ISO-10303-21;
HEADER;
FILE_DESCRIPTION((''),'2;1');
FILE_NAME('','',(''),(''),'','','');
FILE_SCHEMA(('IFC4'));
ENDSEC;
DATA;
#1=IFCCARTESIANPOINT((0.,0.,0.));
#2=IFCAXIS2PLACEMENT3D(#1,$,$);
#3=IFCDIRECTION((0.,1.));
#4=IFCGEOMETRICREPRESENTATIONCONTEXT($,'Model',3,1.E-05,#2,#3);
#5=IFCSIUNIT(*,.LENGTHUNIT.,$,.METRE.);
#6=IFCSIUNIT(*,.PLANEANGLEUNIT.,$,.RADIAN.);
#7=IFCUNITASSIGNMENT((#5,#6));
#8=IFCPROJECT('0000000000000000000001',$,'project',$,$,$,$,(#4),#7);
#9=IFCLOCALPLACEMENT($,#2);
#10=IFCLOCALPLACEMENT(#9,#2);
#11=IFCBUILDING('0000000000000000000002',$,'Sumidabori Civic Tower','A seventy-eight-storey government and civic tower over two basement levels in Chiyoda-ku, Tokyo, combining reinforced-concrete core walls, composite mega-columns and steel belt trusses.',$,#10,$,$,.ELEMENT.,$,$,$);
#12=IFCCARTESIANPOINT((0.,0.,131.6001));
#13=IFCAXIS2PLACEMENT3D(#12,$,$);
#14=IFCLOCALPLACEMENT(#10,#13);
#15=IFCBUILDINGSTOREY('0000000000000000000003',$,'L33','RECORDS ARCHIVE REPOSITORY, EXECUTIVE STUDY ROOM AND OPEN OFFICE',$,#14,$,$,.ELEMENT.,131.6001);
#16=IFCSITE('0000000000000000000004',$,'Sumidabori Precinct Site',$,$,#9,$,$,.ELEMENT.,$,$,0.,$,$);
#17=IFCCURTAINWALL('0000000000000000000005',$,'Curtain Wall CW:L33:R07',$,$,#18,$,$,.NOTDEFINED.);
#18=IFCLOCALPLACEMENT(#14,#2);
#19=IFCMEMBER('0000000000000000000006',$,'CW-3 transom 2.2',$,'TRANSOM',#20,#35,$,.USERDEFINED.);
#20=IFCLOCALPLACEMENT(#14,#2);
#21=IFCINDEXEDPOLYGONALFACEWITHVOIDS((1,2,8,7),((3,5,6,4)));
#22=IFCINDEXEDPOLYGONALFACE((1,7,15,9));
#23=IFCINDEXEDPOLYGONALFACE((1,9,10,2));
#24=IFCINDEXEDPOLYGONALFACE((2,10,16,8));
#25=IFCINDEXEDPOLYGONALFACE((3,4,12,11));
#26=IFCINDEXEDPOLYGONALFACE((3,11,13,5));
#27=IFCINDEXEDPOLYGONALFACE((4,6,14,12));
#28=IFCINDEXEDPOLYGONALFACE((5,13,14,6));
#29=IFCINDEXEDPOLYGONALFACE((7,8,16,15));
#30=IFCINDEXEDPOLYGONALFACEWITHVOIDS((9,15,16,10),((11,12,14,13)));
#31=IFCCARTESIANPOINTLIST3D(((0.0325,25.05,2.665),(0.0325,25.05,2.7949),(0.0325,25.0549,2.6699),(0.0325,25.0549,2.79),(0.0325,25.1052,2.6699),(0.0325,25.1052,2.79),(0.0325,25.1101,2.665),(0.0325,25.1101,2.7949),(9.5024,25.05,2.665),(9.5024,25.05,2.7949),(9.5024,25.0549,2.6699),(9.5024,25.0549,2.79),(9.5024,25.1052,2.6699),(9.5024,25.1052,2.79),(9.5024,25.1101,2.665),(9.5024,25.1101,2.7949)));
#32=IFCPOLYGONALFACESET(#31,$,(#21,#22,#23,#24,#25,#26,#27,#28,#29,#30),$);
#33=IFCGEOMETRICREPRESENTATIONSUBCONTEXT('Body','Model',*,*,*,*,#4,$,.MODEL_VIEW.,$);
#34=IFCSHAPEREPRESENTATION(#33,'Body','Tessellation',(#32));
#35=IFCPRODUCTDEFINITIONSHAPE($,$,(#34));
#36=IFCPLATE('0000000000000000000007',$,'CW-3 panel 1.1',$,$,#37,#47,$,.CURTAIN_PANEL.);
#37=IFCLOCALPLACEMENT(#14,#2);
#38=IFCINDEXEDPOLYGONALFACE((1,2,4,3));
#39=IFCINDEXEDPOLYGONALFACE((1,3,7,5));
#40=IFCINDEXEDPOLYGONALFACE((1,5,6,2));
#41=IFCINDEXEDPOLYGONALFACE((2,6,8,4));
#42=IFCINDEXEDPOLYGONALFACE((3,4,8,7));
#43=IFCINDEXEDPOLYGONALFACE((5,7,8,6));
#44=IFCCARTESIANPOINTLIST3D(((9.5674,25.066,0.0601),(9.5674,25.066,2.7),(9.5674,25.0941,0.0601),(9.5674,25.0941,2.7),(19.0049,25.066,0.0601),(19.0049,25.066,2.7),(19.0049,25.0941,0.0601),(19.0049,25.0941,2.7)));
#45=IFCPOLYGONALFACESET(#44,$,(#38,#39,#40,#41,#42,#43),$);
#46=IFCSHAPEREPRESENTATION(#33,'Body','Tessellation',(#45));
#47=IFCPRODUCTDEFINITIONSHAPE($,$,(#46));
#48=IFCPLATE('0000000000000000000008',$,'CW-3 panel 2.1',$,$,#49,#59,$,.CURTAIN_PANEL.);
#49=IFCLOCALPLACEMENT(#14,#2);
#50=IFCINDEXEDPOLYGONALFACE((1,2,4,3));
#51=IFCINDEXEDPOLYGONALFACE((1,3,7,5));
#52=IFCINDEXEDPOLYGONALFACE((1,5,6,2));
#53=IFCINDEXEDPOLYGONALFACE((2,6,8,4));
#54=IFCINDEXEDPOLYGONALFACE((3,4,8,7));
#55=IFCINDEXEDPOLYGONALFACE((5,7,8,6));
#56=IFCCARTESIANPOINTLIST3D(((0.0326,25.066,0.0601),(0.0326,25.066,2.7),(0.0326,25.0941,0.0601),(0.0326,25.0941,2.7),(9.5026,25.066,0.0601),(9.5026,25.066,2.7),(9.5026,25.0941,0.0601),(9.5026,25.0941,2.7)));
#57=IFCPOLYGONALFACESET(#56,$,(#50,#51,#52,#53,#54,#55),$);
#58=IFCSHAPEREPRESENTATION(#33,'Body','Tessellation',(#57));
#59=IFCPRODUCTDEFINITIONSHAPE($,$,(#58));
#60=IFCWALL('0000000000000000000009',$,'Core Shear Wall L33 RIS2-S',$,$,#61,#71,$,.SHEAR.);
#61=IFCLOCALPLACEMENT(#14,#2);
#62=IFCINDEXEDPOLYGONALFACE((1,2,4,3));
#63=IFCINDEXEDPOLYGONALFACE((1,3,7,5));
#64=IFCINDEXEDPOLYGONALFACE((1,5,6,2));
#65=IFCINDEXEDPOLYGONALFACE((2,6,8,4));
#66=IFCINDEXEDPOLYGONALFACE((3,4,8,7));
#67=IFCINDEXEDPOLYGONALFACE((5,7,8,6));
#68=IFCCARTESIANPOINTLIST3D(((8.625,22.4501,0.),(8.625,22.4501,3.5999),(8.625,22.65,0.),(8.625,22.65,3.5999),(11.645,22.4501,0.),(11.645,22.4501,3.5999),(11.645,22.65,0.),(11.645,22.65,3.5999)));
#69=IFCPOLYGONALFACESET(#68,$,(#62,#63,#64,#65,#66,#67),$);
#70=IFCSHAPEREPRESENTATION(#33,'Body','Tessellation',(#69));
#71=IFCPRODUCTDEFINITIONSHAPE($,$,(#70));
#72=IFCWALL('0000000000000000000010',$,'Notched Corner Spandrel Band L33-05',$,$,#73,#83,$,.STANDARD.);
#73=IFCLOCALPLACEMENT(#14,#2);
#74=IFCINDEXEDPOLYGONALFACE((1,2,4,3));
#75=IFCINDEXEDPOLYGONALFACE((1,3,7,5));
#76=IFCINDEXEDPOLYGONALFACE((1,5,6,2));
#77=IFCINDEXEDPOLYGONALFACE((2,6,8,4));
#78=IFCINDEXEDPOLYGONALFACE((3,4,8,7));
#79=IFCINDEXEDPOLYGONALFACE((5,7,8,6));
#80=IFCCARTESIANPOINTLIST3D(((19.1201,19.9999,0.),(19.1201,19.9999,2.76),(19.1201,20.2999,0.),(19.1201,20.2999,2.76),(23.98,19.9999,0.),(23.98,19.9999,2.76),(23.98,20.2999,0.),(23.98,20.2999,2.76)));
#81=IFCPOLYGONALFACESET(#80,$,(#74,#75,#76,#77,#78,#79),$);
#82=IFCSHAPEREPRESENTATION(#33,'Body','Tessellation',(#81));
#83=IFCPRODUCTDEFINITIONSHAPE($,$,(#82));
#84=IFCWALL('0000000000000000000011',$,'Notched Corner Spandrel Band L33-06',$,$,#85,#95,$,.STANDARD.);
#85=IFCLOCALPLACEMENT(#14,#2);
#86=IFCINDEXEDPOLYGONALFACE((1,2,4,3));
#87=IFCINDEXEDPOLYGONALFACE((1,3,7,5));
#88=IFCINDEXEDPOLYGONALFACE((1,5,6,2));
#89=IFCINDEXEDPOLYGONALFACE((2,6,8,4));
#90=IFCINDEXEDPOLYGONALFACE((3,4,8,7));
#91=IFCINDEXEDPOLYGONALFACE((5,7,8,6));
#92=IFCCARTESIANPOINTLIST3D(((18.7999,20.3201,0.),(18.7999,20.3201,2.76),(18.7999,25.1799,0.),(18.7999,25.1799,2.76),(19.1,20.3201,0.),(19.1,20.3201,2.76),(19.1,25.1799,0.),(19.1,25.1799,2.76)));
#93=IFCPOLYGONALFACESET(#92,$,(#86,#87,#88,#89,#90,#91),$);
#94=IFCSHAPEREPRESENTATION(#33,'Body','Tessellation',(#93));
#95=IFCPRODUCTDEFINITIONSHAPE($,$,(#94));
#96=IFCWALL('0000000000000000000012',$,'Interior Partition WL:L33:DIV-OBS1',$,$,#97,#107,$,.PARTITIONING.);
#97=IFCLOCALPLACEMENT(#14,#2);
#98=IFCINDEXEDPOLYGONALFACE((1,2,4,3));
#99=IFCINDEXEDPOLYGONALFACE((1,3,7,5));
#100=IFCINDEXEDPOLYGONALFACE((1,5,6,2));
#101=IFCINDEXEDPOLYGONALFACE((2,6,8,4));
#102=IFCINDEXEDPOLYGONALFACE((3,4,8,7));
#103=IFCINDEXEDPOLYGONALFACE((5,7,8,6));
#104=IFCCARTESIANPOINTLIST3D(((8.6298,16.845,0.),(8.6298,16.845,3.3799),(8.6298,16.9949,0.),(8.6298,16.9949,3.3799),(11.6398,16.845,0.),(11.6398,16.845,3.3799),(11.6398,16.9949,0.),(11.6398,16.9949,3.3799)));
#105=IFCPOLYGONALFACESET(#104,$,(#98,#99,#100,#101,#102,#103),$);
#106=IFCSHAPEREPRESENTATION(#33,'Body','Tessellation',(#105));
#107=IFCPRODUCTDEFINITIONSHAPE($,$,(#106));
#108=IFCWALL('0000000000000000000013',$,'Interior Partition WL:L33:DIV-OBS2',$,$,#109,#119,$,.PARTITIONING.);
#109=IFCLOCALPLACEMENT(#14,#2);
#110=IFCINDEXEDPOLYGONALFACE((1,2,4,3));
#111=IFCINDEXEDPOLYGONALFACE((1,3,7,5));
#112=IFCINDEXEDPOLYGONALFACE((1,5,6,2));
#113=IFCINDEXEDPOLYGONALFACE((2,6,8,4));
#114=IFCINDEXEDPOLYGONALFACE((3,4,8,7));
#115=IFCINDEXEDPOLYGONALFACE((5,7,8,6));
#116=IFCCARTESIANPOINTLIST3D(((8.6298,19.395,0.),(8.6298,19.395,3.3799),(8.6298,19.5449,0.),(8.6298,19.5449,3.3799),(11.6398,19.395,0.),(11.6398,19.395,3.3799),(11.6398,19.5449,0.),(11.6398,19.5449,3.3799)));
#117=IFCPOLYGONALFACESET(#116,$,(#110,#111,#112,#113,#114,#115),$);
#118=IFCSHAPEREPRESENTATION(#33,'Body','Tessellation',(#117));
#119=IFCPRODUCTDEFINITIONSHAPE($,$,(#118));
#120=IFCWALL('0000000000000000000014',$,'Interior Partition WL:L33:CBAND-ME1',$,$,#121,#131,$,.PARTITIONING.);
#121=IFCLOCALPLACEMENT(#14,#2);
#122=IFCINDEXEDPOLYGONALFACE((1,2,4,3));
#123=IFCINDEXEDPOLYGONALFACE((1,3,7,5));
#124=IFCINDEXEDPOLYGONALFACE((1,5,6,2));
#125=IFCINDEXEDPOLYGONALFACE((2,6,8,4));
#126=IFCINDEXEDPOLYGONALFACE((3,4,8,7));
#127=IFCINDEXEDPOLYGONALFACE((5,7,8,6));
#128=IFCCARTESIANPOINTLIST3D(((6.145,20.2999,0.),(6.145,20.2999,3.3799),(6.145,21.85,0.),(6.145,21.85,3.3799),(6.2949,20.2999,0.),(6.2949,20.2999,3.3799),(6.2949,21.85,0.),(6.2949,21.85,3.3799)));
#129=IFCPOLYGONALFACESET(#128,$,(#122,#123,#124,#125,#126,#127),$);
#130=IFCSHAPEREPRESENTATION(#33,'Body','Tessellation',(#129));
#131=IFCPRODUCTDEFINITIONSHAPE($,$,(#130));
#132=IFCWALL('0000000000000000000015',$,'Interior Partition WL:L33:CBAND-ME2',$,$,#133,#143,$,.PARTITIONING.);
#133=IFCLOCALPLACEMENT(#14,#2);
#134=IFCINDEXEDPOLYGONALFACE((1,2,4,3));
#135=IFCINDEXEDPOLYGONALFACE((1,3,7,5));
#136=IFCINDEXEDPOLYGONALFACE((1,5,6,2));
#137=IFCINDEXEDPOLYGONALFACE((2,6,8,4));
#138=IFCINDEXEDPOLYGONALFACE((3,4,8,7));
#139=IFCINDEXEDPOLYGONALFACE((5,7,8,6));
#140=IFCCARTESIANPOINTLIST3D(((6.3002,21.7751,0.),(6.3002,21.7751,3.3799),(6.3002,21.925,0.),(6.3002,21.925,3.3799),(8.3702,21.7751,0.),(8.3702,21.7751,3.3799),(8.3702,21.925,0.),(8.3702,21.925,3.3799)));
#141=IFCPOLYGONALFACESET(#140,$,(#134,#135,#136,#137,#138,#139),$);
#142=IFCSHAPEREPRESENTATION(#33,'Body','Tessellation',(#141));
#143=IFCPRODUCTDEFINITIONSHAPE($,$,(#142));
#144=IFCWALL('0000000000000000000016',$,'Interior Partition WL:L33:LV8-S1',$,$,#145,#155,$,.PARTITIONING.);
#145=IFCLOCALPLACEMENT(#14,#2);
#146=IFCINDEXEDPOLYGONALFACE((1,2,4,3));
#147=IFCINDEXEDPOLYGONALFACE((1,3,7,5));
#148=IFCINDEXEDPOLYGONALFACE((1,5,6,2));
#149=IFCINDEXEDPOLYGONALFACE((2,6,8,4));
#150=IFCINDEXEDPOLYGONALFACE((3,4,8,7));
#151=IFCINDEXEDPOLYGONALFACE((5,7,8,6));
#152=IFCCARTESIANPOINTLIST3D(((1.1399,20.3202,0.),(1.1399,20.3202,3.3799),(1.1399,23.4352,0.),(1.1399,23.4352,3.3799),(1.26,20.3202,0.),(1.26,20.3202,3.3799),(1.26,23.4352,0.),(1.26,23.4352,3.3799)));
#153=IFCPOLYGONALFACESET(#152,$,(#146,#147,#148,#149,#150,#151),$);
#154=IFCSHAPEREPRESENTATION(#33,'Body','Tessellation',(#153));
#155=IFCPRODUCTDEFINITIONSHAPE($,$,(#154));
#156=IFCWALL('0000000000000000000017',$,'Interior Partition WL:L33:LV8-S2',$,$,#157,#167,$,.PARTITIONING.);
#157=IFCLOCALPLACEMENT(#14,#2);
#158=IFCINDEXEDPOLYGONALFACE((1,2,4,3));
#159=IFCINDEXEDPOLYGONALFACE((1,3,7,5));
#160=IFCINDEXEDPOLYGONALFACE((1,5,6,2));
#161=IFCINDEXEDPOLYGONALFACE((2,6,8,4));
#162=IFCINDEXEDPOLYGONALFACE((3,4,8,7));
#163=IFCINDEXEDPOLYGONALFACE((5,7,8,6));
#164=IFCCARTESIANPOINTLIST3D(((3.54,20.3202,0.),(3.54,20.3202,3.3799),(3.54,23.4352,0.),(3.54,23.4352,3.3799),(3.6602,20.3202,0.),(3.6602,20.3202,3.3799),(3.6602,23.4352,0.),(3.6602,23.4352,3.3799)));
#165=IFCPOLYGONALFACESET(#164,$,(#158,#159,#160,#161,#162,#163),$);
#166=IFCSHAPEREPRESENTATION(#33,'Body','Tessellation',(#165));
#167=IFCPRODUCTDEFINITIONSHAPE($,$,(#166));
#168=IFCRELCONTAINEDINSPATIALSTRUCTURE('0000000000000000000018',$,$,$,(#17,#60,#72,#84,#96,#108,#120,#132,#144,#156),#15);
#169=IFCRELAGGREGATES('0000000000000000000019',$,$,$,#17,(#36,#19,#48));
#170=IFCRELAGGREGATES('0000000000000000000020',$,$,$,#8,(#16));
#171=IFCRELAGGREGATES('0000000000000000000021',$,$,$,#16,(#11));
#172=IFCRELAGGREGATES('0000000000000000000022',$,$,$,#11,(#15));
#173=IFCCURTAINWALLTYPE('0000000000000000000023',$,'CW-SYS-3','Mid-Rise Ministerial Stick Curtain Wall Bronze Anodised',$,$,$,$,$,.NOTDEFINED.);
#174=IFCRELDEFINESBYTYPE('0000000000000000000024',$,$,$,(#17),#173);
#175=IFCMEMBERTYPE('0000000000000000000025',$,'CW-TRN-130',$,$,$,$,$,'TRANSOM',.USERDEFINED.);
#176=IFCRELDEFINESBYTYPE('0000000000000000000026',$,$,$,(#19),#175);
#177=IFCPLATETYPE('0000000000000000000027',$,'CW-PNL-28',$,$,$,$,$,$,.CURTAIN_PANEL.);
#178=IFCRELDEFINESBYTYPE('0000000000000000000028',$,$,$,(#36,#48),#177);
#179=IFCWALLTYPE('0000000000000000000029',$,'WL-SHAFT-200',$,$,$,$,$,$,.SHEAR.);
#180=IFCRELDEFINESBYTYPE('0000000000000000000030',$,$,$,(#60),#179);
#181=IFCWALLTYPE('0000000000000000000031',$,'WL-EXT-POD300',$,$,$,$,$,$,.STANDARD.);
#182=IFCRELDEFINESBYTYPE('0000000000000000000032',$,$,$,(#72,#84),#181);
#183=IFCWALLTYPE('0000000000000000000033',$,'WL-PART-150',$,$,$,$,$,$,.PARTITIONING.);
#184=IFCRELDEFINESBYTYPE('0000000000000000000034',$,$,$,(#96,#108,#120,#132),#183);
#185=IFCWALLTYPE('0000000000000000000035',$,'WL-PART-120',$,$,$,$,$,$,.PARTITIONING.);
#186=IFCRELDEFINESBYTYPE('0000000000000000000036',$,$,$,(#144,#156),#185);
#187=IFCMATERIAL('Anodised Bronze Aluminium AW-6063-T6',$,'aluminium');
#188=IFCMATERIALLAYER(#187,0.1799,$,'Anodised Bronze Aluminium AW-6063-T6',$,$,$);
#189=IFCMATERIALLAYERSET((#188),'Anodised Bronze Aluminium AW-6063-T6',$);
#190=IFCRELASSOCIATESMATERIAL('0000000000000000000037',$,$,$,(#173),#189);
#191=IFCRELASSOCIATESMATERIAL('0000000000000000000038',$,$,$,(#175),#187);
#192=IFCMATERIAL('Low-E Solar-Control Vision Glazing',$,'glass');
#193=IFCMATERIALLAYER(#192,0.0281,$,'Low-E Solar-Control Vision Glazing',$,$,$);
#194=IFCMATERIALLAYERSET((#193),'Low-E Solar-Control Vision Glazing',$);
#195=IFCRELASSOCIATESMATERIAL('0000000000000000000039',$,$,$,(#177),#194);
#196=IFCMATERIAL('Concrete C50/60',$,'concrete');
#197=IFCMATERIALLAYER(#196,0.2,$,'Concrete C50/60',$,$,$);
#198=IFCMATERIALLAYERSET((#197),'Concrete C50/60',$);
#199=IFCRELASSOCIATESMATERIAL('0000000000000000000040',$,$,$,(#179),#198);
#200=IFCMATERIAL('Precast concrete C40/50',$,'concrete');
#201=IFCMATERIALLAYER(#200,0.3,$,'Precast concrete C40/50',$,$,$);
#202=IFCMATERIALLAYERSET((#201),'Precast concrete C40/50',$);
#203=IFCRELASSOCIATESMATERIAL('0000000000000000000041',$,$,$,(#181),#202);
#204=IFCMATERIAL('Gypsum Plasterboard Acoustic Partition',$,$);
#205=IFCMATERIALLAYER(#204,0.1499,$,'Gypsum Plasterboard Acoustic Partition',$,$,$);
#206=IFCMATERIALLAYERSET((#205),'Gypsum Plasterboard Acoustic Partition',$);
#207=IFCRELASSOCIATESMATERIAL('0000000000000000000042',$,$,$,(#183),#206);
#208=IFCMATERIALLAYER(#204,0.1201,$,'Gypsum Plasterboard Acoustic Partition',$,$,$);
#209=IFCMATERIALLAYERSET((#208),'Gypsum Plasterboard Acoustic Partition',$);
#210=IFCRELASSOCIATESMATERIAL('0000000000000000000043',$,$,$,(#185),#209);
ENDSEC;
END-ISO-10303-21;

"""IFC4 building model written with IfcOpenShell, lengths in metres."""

from ifc_helpers import new_model, si_unit, direction, frame, frame_2d, origin, origin_2d, place, context, subcontext, project, spatial, rectangle, hollow_rectangle, extrude, source, transform, mapped, material, layer, layer_set, material_profile, profile_set, type_object, element, aggregate, save


model = new_model("IFC4")

# Units and contexts
model_context = context("Model", 3, precision=1e-05, world=origin(), true_north=direction((0.0, 1.0)))
body_context = subcontext(model_context, "Body", "Model", "MODEL_VIEW")
ifc_project = project(units=[si_unit("LENGTHUNIT", "METRE"), si_unit("PLANEANGLEUNIT", "RADIAN")], contexts=[model_context])

# Site, building, storey
site_placement = place(None, origin())
site = spatial("IfcSite", under=ifc_project, at=site_placement, Name="Sumidabori Precinct Site", CompositionType="ELEMENT", RefElevation=0.0)
building_placement = place(site_placement, origin())
building = spatial("IfcBuilding", under=site, at=building_placement, Name="Sumidabori Civic Tower", Description="A seventy-eight-storey government and civic tower over two basement levels in Chiyoda-ku, Tokyo, combining reinforced-concrete core walls, composite mega-columns and steel belt trusses.", CompositionType="ELEMENT")
storey_placement = place(building_placement, frame((0.0, 0.0, 131.6001)))
storey = spatial("IfcBuildingStorey", under=building, at=storey_placement, Name="L33", Description="RECORDS ARCHIVE REPOSITORY, EXECUTIVE STUDY ROOM AND OPEN OFFICE", CompositionType="ELEMENT", Elevation=131.6001)

# Shared definitions
ifc_material_1 = material(Name="Anodised Bronze Aluminium AW-6063-T6", Category="aluminium")
ifc_layer_1 = layer(ifc_material_1, 0.1799, Name="Anodised Bronze Aluminium AW-6063-T6")
ifc_layer_set_1 = layer_set([ifc_layer_1], Name="Anodised Bronze Aluminium AW-6063-T6")
curtain_wall_type = type_object("IfcCurtainWallType", Name="CW-SYS-3", Description="Mid-Rise Ministerial Stick Curtain Wall Bronze Anodised", PredefinedType="NOTDEFINED", material=ifc_layer_set_1)

# Curtain wall, member, plates
curtain_wall_1_placement = place(storey_placement, origin())
curtain_wall_1 = element("IfcCurtainWall", 1, at=curtain_wall_1_placement, inside=storey, type_object=curtain_wall_type, Name="Curtain Wall CW:L33:R07", PredefinedType="NOTDEFINED")
ifc_material_profile_1 = material_profile(ifc_material_1, hollow_rectangle(XDim=0.0601, YDim=0.1299, WallThickness=0.0049, at=origin_2d()), Name="ALU TRANSOM 130x60")
ifc_profile_set_1 = profile_set([ifc_material_profile_1], Name="Anodised Bronze Aluminium AW-6063-T6")
member_type_1 = type_object("IfcMemberType", Name="CW-TRN-130", ElementType="TRANSOM", PredefinedType="USERDEFINED", material=ifc_profile_set_1)
shared_shape_1 = source(origin(), body_context, "Body", "SweptSolid", [
    extrude(hollow_rectangle(XDim=0.0601, YDim=0.1299, WallThickness=0.0049, at=origin_2d()), origin(), (0.0, 0.0, 1.0), 9.47),
])
member_1_placement = place(storey_placement, frame((9.5024, 25.0801, 2.73), z_axis=(-1.0, 0.0, 0.0), x_axis=(0.0, -1.0, 0.0)))
member_1 = element("IfcMember", 2, at=member_1_placement, type_object=member_type_1, Name="CW-3 transom 2.2", ObjectType="TRANSOM", PredefinedType="USERDEFINED", context=body_context, shape_type="MappedRepresentation", body=[
    mapped(shared_shape_1, transform((0.0, 0.0, 0.0), x_axis=(1.0, 0.0, 0.0), y_axis=(0.0, 1.0, 0.0), z_axis=(0.0, 0.0, 1.0), scale=1.0)),
])
ifc_material_2 = material(Name="Low-E Solar-Control Vision Glazing", Category="glass")
ifc_layer_2 = layer(ifc_material_2, 0.0281, Name="Low-E Solar-Control Vision Glazing")
ifc_layer_set_2 = layer_set([ifc_layer_2], Name="Low-E Solar-Control Vision Glazing")
plate_type = type_object("IfcPlateType", Name="CW-PNL-28", PredefinedType="CURTAIN_PANEL", material=ifc_layer_set_2)
shared_shape_2 = source(origin(), body_context, "Body", "SweptSolid", [
    extrude(rectangle(XDim=9.4375, YDim=0.0281, at=origin_2d()), origin(), (0.0, 0.0, 1.0), 2.6399),
])
plate_1_placement = place(storey_placement, frame((14.2861, 25.0801, 0.0601), z_axis=(0.0, 0.0, 1.0), x_axis=(-1.0, 0.0, 0.0)))
plate_1 = element("IfcPlate", 3, at=plate_1_placement, type_object=plate_type, Name="CW-3 panel 1.1", PredefinedType="CURTAIN_PANEL", context=body_context, shape_type="MappedRepresentation", body=[
    mapped(shared_shape_2, transform((0.0, 0.0, 0.0), x_axis=(1.0, 0.0, 0.0), y_axis=(0.0, 1.0, 0.0), z_axis=(0.0, 0.0, 1.0), scale=1.0)),
])
shared_shape_3 = source(origin(), body_context, "Body", "SweptSolid", [
    extrude(rectangle(XDim=9.47, YDim=0.0281, at=origin_2d()), origin(), (0.0, 0.0, 1.0), 2.6399),
])
plate_2_placement = place(storey_placement, frame((4.7676, 25.0801, 0.0601), z_axis=(0.0, 0.0, 1.0), x_axis=(-1.0, 0.0, 0.0)))
plate_2 = element("IfcPlate", 4, at=plate_2_placement, type_object=plate_type, Name="CW-3 panel 2.1", PredefinedType="CURTAIN_PANEL", context=body_context, shape_type="MappedRepresentation", body=[
    mapped(shared_shape_3, transform((0.0, 0.0, 0.0), x_axis=(1.0, 0.0, 0.0), y_axis=(0.0, 1.0, 0.0), z_axis=(0.0, 0.0, 1.0), scale=1.0)),
])
aggregate(curtain_wall_1, [plate_1, member_1, plate_2])

# Walls
ifc_material_3 = material(Name="Concrete C50/60", Category="concrete")
ifc_layer_3 = layer(ifc_material_3, 0.2, Name="Concrete C50/60")
ifc_layer_set_3 = layer_set([ifc_layer_3], Name="Concrete C50/60")
wall_type_1 = type_object("IfcWallType", Name="WL-SHAFT-200", PredefinedType="SHEAR", material=ifc_layer_set_3)
shared_shape_4 = source(origin(), body_context, "Body", "SweptSolid", [
    extrude(rectangle(XDim=3.02, YDim=0.2, at=frame_2d((1.51, 0.0))), origin(), (0.0, 0.0, 1.0), 3.5999),
])
wall_1_placement = place(storey_placement, frame((8.625, 22.55, 0.0), z_axis=(0.0, 0.0, 1.0), x_axis=(1.0, 0.0, 0.0)))
element("IfcWall", 5, at=wall_1_placement, inside=storey, type_object=wall_type_1, Name="Core Shear Wall L33 RIS2-S", PredefinedType="SHEAR", context=body_context, shape_type="MappedRepresentation", body=[
    mapped(shared_shape_4, transform((0.0, 0.0, 0.0), x_axis=(1.0, 0.0, 0.0), y_axis=(0.0, 1.0, 0.0), z_axis=(0.0, 0.0, 1.0), scale=1.0)),
])
ifc_material_4 = material(Name="Precast concrete C40/50", Category="concrete")
ifc_layer_4 = layer(ifc_material_4, 0.3, Name="Precast concrete C40/50")
ifc_layer_set_4 = layer_set([ifc_layer_4], Name="Precast concrete C40/50")
wall_type_2 = type_object("IfcWallType", Name="WL-EXT-POD300", PredefinedType="STANDARD", material=ifc_layer_set_4)
shared_shape_5 = source(origin(), body_context, "Body", "SweptSolid", [
    extrude(rectangle(XDim=4.8599, YDim=0.3, at=frame_2d((2.4299, 0.0))), origin(), (0.0, 0.0, 1.0), 2.76),
])
for number, where, z_axis, x_axis, name in (
    (6, (23.98, 20.1499, 0.0), (0.0, 0.0, 1.0), (-1.0, 0.0, 0.0), "Notched Corner Spandrel Band L33-05"),
    (7, (18.95, 20.3201, 0.0), (0.0, 0.0, 1.0), (0.0, 1.0, 0.0), "Notched Corner Spandrel Band L33-06"),
):
    element("IfcWall", number, at=place(storey_placement, frame(where, z_axis=z_axis, x_axis=x_axis)), inside=storey, type_object=wall_type_2, Name=name, PredefinedType="STANDARD", context=body_context, shape_type="MappedRepresentation", body=[
        mapped(shared_shape_5, transform((0.0, 0.0, 0.0), x_axis=(1.0, 0.0, 0.0), y_axis=(0.0, 1.0, 0.0), z_axis=(0.0, 0.0, 1.0), scale=1.0)),
    ])
ifc_material_5 = material(Name="Gypsum Plasterboard Acoustic Partition")
ifc_layer_5 = layer(ifc_material_5, 0.1499, Name="Gypsum Plasterboard Acoustic Partition")
ifc_layer_set_5 = layer_set([ifc_layer_5], Name="Gypsum Plasterboard Acoustic Partition")
wall_type_3 = type_object("IfcWallType", Name="WL-PART-150", PredefinedType="PARTITIONING", material=ifc_layer_set_5)
shared_shape_6 = source(origin(), body_context, "Body", "SweptSolid", [
    extrude(rectangle(XDim=3.01, YDim=0.1499, at=frame_2d((1.5049, 0.0))), origin(), (0.0, 0.0, 1.0), 3.3799),
])
for number, where, z_axis, x_axis, name in (
    (8, (8.6299, 16.9199, 0.0), (0.0, 0.0, 1.0), (1.0, 0.0, 0.0), "Interior Partition WL:L33:DIV-OBS1"),
    (9, (8.6299, 19.47, 0.0), (0.0, 0.0, 1.0), (1.0, 0.0, 0.0), "Interior Partition WL:L33:DIV-OBS2"),
):
    element("IfcWall", number, at=place(storey_placement, frame(where, z_axis=z_axis, x_axis=x_axis)), inside=storey, type_object=wall_type_3, Name=name, PredefinedType="PARTITIONING", context=body_context, shape_type="MappedRepresentation", body=[
        mapped(shared_shape_6, transform((0.0, 0.0, 0.0), x_axis=(1.0, 0.0, 0.0), y_axis=(0.0, 1.0, 0.0), z_axis=(0.0, 0.0, 1.0), scale=1.0)),
    ])
shared_shape_7 = source(origin(), body_context, "Body", "SweptSolid", [
    extrude(rectangle(XDim=1.55, YDim=0.1499, at=frame_2d((0.7749, 0.0))), origin(), (0.0, 0.0, 1.0), 3.3799),
])
wall_2_placement = place(storey_placement, frame((6.22, 20.3, 0.0), z_axis=(0.0, 0.0, 1.0), x_axis=(0.0, 1.0, 0.0)))
element("IfcWall", 10, at=wall_2_placement, inside=storey, type_object=wall_type_3, Name="Interior Partition WL:L33:CBAND-ME1", PredefinedType="PARTITIONING", context=body_context, shape_type="MappedRepresentation", body=[
    mapped(shared_shape_7, transform((0.0, 0.0, 0.0), x_axis=(1.0, 0.0, 0.0), y_axis=(0.0, 1.0, 0.0), z_axis=(0.0, 0.0, 1.0), scale=1.0)),
])
shared_shape_8 = source(origin(), body_context, "Body", "SweptSolid", [
    extrude(rectangle(XDim=2.0701, YDim=0.1499, at=frame_2d((1.0352, 0.0))), origin(), (0.0, 0.0, 1.0), 3.3799),
])
wall_3_placement = place(storey_placement, frame((6.3, 21.8501, 0.0), z_axis=(0.0, 0.0, 1.0), x_axis=(1.0, 0.0, 0.0)))
element("IfcWall", 11, at=wall_3_placement, inside=storey, type_object=wall_type_3, Name="Interior Partition WL:L33:CBAND-ME2", PredefinedType="PARTITIONING", context=body_context, shape_type="MappedRepresentation", body=[
    mapped(shared_shape_8, transform((0.0, 0.0, 0.0), x_axis=(1.0, 0.0, 0.0), y_axis=(0.0, 1.0, 0.0), z_axis=(0.0, 0.0, 1.0), scale=1.0)),
])
ifc_layer_6 = layer(ifc_material_5, 0.1201, Name="Gypsum Plasterboard Acoustic Partition")
ifc_layer_set_6 = layer_set([ifc_layer_6], Name="Gypsum Plasterboard Acoustic Partition")
wall_type_4 = type_object("IfcWallType", Name="WL-PART-120", PredefinedType="PARTITIONING", material=ifc_layer_set_6)
shared_shape_9 = source(origin(), body_context, "Body", "SweptSolid", [
    extrude(rectangle(XDim=3.115, YDim=0.1201, at=frame_2d((1.5576, 0.0))), origin(), (0.0, 0.0, 1.0), 3.3799),
])
for number, where, z_axis, x_axis, name in (
    (12, (1.2, 20.3201, 0.0), (0.0, 0.0, 1.0), (0.0, 1.0, 0.0), "Interior Partition WL:L33:LV8-S1"),
    (13, (3.6001, 20.3201, 0.0), (0.0, 0.0, 1.0), (0.0, 1.0, 0.0), "Interior Partition WL:L33:LV8-S2"),
):
    element("IfcWall", number, at=place(storey_placement, frame(where, z_axis=z_axis, x_axis=x_axis)), inside=storey, type_object=wall_type_4, Name=name, PredefinedType="PARTITIONING", context=body_context, shape_type="MappedRepresentation", body=[
        mapped(shared_shape_9, transform((0.0, 0.0, 0.0), x_axis=(1.0, 0.0, 0.0), y_axis=(0.0, 1.0, 0.0), z_axis=(0.0, 0.0, 1.0), scale=1.0)),
    ])

save(model, "model.ifc")
